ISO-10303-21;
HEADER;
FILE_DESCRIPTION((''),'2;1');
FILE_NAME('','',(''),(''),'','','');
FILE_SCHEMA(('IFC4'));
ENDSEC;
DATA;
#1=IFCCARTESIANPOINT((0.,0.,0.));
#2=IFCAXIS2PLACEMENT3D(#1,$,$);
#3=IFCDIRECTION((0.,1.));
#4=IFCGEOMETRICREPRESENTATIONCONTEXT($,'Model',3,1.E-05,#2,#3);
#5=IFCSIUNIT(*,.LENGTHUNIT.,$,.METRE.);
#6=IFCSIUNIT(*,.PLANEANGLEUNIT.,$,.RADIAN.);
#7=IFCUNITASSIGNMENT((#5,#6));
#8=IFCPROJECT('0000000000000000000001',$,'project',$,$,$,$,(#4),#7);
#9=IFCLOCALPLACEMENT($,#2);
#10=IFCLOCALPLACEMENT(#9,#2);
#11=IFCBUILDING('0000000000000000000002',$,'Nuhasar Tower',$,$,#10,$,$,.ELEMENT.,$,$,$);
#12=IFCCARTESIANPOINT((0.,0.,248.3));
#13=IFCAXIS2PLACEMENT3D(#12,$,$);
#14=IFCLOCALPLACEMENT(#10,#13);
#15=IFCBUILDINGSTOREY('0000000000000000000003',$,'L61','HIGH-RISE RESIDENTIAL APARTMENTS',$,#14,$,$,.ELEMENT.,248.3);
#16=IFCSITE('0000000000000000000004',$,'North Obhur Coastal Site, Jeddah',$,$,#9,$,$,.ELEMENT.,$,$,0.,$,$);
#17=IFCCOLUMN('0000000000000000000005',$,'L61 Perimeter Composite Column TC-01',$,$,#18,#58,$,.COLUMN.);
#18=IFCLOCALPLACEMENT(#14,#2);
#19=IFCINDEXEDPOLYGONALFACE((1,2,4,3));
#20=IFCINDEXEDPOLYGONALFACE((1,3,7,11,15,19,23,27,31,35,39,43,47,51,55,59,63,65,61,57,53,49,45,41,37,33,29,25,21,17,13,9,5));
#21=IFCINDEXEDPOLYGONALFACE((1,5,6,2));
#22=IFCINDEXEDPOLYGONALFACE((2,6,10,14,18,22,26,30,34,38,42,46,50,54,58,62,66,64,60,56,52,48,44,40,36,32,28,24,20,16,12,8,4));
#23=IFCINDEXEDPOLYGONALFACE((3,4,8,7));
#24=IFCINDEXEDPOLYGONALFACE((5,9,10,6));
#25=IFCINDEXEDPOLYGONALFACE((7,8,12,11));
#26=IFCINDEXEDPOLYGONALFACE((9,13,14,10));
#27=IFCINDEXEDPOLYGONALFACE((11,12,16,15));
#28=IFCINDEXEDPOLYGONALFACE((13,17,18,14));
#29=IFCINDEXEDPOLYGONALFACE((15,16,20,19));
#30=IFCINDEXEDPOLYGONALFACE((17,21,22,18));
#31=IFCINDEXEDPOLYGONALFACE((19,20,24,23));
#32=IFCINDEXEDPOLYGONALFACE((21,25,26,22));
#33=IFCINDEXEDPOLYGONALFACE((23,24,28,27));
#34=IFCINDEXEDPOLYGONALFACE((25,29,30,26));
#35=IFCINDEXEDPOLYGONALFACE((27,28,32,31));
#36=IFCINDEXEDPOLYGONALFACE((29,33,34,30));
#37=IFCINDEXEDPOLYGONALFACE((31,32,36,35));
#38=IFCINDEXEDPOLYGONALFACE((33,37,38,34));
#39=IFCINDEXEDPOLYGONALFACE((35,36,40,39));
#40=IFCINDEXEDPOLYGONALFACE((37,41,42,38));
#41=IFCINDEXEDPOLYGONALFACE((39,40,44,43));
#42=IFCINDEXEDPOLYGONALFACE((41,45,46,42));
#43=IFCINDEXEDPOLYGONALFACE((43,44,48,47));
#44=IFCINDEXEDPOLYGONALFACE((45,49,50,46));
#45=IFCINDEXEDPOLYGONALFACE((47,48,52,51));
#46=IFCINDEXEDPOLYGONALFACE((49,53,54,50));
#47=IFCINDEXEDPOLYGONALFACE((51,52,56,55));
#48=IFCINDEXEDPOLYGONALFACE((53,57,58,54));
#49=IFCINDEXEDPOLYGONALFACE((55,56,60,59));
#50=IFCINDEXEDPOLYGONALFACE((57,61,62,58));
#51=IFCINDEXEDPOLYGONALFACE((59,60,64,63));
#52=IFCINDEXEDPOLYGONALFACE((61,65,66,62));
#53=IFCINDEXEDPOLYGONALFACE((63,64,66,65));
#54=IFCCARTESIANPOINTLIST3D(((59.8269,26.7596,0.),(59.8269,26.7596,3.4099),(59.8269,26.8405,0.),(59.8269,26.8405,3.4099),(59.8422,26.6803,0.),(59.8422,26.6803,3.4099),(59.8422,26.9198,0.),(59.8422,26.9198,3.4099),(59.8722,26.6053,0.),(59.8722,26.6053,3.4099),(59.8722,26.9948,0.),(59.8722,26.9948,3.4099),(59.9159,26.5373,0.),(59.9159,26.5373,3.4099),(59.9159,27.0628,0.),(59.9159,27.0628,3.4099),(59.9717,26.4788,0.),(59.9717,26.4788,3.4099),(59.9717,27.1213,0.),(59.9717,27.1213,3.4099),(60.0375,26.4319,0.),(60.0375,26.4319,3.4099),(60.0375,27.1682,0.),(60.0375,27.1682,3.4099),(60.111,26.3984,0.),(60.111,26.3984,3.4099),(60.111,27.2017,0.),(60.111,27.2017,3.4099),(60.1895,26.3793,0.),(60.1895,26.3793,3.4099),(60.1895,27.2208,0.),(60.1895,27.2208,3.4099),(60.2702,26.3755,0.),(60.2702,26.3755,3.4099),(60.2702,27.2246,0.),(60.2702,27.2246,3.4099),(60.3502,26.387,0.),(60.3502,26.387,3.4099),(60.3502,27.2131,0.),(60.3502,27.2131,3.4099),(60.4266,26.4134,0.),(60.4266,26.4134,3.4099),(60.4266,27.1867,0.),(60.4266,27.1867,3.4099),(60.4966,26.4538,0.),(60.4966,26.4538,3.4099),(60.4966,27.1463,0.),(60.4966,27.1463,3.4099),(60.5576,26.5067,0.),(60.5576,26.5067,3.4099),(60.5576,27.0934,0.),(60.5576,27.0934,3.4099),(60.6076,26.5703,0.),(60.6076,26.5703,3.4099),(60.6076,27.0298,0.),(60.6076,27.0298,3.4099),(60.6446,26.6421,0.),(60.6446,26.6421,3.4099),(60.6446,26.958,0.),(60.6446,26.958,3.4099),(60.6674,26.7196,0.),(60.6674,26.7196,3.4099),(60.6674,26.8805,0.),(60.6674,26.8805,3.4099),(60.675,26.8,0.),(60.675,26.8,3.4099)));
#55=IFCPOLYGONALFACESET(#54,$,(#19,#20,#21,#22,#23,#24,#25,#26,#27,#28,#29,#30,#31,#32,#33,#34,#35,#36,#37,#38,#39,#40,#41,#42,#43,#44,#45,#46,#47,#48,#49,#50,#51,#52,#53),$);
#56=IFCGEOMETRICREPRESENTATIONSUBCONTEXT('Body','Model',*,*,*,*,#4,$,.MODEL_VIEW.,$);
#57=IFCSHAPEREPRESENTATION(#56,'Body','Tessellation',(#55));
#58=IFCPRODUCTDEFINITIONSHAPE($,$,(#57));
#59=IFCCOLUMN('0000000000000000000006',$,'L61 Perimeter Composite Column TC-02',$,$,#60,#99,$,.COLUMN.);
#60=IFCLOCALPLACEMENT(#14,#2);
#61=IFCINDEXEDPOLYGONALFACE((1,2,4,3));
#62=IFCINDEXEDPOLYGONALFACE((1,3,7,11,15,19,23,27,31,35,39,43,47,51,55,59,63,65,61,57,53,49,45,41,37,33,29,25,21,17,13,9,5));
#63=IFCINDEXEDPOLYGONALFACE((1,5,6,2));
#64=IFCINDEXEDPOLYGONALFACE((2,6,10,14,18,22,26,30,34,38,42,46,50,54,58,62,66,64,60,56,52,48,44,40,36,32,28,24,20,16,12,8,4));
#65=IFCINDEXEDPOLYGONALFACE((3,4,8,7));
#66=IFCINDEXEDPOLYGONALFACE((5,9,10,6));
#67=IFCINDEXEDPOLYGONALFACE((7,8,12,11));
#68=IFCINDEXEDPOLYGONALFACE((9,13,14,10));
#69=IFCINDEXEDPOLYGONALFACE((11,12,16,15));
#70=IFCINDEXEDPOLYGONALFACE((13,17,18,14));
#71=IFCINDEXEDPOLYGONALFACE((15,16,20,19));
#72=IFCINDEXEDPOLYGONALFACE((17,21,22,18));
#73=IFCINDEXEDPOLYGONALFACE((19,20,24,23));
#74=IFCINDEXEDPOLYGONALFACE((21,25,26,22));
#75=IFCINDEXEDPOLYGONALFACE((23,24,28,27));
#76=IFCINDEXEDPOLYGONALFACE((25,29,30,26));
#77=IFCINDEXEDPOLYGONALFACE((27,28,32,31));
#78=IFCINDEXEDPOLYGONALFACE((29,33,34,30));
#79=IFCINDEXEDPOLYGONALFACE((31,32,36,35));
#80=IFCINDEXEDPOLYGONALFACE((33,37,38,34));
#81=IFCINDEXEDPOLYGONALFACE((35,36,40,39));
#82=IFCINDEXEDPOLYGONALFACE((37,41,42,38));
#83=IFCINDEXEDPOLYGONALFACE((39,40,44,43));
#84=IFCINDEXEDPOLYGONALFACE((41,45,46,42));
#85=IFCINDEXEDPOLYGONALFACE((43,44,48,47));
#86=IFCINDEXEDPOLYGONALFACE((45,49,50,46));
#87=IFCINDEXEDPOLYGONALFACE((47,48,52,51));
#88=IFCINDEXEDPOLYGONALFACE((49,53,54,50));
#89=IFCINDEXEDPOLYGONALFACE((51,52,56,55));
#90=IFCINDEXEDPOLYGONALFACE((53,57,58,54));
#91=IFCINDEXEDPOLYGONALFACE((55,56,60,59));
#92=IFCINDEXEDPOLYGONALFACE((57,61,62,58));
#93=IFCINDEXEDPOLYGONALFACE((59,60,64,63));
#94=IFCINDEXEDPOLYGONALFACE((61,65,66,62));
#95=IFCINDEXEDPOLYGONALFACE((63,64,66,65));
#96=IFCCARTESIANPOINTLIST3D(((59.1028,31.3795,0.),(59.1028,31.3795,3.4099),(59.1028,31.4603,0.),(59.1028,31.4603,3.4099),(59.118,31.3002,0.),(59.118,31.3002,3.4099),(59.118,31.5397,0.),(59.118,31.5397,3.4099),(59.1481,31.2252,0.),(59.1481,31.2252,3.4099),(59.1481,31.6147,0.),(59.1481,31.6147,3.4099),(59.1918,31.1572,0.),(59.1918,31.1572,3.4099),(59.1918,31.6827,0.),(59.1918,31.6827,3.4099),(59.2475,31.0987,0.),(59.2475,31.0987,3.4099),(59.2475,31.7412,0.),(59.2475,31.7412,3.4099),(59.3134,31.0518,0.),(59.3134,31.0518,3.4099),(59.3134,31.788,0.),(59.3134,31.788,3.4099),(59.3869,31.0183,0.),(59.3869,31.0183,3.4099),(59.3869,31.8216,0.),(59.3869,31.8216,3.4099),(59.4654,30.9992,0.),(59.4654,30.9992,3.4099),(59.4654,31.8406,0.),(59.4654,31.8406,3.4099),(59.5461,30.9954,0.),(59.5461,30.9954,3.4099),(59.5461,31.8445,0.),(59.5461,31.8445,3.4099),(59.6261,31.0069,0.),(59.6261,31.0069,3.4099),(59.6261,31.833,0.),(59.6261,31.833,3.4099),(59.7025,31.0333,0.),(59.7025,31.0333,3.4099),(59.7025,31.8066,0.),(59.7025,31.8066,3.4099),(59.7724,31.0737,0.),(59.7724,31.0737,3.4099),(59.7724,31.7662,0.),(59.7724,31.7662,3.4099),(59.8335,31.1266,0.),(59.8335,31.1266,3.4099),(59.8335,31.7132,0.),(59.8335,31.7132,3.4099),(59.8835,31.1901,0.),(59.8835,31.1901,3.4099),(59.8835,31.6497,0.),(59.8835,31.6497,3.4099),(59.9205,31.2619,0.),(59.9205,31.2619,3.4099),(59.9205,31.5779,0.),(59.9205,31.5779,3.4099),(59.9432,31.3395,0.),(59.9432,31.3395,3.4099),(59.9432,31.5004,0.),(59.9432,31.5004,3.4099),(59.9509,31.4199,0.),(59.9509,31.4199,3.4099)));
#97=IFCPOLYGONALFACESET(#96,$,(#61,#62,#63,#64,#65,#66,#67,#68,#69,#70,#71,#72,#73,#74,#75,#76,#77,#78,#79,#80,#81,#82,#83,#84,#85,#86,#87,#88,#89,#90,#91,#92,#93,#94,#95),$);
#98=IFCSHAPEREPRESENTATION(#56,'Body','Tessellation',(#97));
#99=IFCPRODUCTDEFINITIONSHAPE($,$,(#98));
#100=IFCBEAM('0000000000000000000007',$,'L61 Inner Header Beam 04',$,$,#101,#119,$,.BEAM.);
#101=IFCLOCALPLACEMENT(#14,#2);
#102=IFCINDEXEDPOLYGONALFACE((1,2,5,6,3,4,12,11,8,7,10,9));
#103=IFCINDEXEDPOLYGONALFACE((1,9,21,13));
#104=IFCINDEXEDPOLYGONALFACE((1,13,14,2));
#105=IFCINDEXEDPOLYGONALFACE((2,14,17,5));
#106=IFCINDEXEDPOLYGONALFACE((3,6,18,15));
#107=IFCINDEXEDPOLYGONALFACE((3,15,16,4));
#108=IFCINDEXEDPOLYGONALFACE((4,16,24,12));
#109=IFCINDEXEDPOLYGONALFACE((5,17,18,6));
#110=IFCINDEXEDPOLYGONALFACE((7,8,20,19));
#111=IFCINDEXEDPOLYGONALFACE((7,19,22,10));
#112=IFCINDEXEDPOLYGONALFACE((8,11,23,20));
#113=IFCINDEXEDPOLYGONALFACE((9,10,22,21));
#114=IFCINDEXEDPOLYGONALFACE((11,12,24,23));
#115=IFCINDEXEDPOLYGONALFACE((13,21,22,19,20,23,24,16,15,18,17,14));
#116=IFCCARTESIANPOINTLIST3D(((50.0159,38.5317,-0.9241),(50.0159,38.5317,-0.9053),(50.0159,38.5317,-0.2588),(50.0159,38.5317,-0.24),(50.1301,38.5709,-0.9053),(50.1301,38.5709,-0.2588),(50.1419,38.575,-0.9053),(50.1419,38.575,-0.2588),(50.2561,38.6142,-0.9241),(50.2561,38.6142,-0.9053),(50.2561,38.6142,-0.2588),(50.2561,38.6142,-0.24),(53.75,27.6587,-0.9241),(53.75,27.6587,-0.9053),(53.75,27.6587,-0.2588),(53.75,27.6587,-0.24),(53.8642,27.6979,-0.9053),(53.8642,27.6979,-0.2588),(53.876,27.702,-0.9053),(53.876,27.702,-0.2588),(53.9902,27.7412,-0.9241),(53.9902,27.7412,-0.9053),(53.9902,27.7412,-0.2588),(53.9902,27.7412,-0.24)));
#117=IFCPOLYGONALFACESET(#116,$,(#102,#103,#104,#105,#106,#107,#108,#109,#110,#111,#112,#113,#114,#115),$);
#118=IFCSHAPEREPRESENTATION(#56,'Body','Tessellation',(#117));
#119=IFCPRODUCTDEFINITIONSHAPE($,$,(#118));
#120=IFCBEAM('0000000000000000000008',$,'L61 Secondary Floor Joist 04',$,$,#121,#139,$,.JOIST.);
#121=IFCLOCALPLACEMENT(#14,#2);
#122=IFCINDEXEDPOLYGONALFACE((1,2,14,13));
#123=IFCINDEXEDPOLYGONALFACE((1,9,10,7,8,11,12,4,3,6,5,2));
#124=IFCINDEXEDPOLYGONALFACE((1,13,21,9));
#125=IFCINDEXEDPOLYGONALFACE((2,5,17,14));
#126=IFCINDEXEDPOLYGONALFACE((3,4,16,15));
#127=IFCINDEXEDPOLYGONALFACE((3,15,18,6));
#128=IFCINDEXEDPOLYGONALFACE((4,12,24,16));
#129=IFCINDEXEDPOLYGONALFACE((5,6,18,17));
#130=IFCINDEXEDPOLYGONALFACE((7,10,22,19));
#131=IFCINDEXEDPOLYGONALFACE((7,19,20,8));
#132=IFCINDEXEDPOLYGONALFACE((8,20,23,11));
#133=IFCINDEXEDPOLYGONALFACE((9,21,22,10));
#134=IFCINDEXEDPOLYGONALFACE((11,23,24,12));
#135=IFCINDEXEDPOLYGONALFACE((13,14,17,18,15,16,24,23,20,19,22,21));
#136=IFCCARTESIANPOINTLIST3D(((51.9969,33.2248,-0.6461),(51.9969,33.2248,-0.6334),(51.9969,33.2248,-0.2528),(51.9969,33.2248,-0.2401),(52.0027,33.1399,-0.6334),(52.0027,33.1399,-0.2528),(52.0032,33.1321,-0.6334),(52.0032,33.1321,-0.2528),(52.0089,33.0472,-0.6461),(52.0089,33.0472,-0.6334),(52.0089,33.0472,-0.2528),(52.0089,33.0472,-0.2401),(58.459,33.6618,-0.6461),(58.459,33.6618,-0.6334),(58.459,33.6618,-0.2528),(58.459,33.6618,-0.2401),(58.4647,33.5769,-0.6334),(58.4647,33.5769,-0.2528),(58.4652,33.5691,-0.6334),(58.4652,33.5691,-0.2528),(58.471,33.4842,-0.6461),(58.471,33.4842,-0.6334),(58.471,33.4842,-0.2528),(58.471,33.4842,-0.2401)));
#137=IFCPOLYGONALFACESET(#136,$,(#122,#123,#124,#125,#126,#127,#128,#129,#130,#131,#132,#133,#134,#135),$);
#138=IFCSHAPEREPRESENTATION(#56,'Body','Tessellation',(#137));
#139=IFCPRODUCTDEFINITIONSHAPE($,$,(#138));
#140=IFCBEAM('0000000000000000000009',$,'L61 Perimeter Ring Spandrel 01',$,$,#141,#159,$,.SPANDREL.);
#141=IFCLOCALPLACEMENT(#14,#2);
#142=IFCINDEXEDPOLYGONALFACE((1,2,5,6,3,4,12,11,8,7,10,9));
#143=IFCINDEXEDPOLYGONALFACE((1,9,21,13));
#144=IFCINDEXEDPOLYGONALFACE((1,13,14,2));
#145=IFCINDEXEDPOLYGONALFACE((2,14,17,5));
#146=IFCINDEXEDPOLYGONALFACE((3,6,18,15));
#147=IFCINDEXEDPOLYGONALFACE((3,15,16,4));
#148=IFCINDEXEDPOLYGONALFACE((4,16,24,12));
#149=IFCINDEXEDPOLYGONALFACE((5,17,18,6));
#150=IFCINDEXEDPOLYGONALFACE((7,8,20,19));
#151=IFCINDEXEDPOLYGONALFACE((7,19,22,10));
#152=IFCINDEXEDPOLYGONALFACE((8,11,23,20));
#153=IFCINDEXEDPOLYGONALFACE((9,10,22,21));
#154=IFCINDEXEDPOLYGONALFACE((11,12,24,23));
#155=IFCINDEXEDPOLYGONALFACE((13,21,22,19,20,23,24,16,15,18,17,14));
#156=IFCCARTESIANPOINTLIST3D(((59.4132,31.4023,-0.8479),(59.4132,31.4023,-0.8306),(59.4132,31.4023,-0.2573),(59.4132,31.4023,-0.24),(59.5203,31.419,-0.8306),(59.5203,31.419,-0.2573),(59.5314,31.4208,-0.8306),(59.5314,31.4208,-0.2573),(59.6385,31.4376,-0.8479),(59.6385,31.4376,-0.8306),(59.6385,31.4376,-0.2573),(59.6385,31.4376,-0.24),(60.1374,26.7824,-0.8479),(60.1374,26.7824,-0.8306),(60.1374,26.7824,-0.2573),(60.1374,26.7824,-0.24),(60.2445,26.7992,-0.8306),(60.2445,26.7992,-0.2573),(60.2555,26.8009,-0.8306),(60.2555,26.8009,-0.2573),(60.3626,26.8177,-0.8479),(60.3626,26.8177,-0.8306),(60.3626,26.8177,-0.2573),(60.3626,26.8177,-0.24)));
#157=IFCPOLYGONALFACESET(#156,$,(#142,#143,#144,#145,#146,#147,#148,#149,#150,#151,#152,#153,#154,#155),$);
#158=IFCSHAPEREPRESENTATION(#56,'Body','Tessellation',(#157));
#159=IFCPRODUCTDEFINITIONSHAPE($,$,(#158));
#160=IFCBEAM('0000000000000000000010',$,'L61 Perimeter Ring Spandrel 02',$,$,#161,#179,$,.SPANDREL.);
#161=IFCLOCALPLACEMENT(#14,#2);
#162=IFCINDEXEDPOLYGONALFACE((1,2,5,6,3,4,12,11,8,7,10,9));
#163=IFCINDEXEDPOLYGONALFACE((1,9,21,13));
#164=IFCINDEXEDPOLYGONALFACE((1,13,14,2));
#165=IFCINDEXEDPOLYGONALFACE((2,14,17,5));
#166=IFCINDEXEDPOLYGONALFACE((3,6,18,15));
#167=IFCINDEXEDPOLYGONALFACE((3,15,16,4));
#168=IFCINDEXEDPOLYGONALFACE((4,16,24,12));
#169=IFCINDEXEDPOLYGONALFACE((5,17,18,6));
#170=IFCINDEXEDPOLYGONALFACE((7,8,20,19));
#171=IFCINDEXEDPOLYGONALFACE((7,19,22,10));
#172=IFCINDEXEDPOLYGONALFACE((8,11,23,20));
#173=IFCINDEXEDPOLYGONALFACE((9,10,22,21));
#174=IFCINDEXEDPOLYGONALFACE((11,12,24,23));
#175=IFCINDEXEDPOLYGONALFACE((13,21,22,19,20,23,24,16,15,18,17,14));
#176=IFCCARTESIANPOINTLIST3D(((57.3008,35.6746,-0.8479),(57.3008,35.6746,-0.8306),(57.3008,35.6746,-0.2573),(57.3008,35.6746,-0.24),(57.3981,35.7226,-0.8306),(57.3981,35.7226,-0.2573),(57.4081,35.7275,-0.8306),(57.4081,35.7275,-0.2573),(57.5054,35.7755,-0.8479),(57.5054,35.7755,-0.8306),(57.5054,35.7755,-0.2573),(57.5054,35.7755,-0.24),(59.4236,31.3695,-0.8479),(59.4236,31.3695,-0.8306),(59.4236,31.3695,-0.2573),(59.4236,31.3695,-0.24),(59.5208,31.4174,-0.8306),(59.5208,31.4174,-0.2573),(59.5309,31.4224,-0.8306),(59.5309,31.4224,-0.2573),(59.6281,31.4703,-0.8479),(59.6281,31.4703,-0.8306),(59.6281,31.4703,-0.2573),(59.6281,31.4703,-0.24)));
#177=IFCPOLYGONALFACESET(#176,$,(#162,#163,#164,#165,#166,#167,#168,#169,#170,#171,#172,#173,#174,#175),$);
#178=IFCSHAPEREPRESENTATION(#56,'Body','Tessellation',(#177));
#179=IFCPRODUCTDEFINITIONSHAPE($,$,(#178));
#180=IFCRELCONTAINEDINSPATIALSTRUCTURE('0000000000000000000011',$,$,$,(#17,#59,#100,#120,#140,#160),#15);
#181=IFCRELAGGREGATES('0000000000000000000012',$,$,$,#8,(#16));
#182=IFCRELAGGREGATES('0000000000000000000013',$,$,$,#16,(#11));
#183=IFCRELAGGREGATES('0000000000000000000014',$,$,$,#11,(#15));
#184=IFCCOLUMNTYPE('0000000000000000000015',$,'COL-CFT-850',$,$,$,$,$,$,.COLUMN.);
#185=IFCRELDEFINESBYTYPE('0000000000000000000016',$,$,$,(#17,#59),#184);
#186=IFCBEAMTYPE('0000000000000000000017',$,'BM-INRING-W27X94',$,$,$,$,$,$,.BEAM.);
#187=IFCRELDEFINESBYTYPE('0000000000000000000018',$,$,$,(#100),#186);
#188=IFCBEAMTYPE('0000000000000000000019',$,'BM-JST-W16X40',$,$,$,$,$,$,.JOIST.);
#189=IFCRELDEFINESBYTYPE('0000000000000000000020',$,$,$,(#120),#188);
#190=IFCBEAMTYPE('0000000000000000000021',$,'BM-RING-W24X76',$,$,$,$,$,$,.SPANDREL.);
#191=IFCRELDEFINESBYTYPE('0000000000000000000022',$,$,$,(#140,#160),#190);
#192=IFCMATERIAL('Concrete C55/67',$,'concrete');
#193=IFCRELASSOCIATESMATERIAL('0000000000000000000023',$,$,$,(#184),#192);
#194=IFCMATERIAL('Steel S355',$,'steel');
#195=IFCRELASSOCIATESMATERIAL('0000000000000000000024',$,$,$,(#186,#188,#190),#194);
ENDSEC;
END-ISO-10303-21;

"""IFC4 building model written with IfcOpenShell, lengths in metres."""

from ifc_helpers import new_model, si_unit, direction, frame, origin, origin_2d, place, context, subcontext, project, spatial, circle, i_section, extrude, material, material_profile, profile_set, type_object, element, save


model = new_model("IFC4")

# Units and contexts
model_context = context("Model", 3, precision=1e-05, world=origin(), true_north=direction((0.0, 1.0)))
body_context = subcontext(model_context, "Body", "Model", "MODEL_VIEW")
ifc_project = project(units=[si_unit("LENGTHUNIT", "METRE"), si_unit("PLANEANGLEUNIT", "RADIAN")], contexts=[model_context])

# Site, building, storey
site_placement = place(None, origin())
site = spatial("IfcSite", under=ifc_project, at=site_placement, Name="North Obhur Coastal Site, Jeddah", CompositionType="ELEMENT", RefElevation=0.0)
building_placement = place(site_placement, origin())
building = spatial("IfcBuilding", under=site, at=building_placement, Name="Nuhasar Tower", CompositionType="ELEMENT")
storey_placement = place(building_placement, frame((0.0, 0.0, 248.3)))
storey = spatial("IfcBuildingStorey", under=building, at=storey_placement, Name="L61", Description="HIGH-RISE RESIDENTIAL APARTMENTS", CompositionType="ELEMENT", Elevation=248.3)

# Columns
ifc_material_1 = material(Name="Concrete C55/67", Category="concrete")
ifc_material_profile_1 = material_profile(ifc_material_1, circle(Radius=0.425, at=origin_2d()), Name="CFT850")
ifc_profile_set_1 = profile_set([ifc_material_profile_1], Name="Concrete C55/67")
column_type = type_object("IfcColumnType", Name="COL-CFT-850", PredefinedType="COLUMN", material=ifc_profile_set_1)
for number, where, z_axis, x_axis, name in (
    (1, (60.25, 26.8, 0.0), (0.0, 0.0, 1.0), (1.0, 0.0, 0.0), "L61 Perimeter Composite Column TC-01"),
    (2, (59.5259, 31.4199, 0.0), (0.0, 0.0, 1.0), (1.0, 0.0, 0.0), "L61 Perimeter Composite Column TC-02"),
):
    element("IfcColumn", number, at=place(storey_placement, frame(where, z_axis=z_axis, x_axis=x_axis)), inside=storey, type_object=column_type, Name=name, PredefinedType="COLUMN", context=body_context, shape_type="SweptSolid", body=[
        extrude(circle(Radius=0.425, at=origin_2d()), origin(), (0.0, 0.0, 1.0), 3.4099),
    ])

# Beams
ifc_material_2 = material(Name="Steel S355", Category="steel")
ifc_material_profile_2 = material_profile(ifc_material_2, i_section(OverallWidth=0.2539, OverallDepth=0.6841, WebThickness=0.0125, FlangeThickness=0.0188, at=origin_2d()), Name="W27X94")
ifc_profile_set_2 = profile_set([ifc_material_profile_2], Name="Steel S355")
beam_type_1 = type_object("IfcBeamType", Name="BM-INRING-W27X94", PredefinedType="BEAM", material=ifc_profile_set_2)
beam_1_placement = place(storey_placement, frame((53.8701, 27.7, -0.582), z_axis=(-0.324809, 0.94578, 0.0), x_axis=(-0.94578, -0.324809, 0.0)))
element("IfcBeam", 3, at=beam_1_placement, inside=storey, type_object=beam_type_1, Name="L61 Inner Header Beam 04", PredefinedType="BEAM", context=body_context, shape_type="SweptSolid", body=[
    extrude(i_section(OverallWidth=0.2539, OverallDepth=0.6841, WebThickness=0.0125, FlangeThickness=0.0188, at=origin_2d()), origin(), (0.0, 0.0, 1.0), 11.4963),
])
ifc_material_profile_3 = material_profile(ifc_material_2, i_section(OverallWidth=0.178, OverallDepth=0.406, WebThickness=0.0078, FlangeThickness=0.0127, at=origin_2d()), Name="W16X40")
ifc_profile_set_3 = profile_set([ifc_material_profile_3], Name="Steel S355")
beam_type_2 = type_object("IfcBeamType", Name="BM-JST-W16X40", PredefinedType="JOIST", material=ifc_profile_set_3)
beam_2_placement = place(storey_placement, frame((52.0029, 33.136, -0.4431), z_axis=(0.997721, 0.067472, 0.0), x_axis=(-0.067472, 0.997721, 0.0)))
element("IfcBeam", 4, at=beam_2_placement, inside=storey, type_object=beam_type_2, Name="L61 Secondary Floor Joist 04", PredefinedType="JOIST", context=body_context, shape_type="SweptSolid", body=[
    extrude(i_section(OverallWidth=0.178, OverallDepth=0.406, WebThickness=0.0078, FlangeThickness=0.0127, at=origin_2d()), origin(), (0.0, 0.0, 1.0), 6.4768),
])
ifc_material_profile_4 = material_profile(ifc_material_2, i_section(OverallWidth=0.228, OverallDepth=0.6079, WebThickness=0.0112, FlangeThickness=0.0173, at=origin_2d()), Name="W24X76")
ifc_profile_set_4 = profile_set([ifc_material_profile_4], Name="Steel S355")
beam_type_3 = type_object("IfcBeamType", Name="BM-RING-W24X76", PredefinedType="SPANDREL", material=ifc_profile_set_4)
beam_3_placement = place(storey_placement, frame((60.25, 26.8, -0.5439), z_axis=(-0.15485, 0.987938, 0.0), x_axis=(-0.987938, -0.15485, 0.0)))
element("IfcBeam", 5, at=beam_3_placement, inside=storey, type_object=beam_type_3, Name="L61 Perimeter Ring Spandrel 01", PredefinedType="SPANDREL", context=body_context, shape_type="SweptSolid", body=[
    extrude(i_section(OverallWidth=0.228, OverallDepth=0.6079, WebThickness=0.0112, FlangeThickness=0.0173, at=origin_2d()), origin(), (0.0, 0.0, 1.0), 4.6763),
])
beam_4_placement = place(storey_placement, frame((59.5259, 31.4199, -0.5439), z_axis=(-0.442243, 0.896895, 0.0), x_axis=(-0.896895, -0.442243, 0.0)))
element("IfcBeam", 6, at=beam_4_placement, inside=storey, type_object=beam_type_3, Name="L61 Perimeter Ring Spandrel 02", PredefinedType="SPANDREL", context=body_context, shape_type="SweptSolid", body=[
    extrude(i_section(OverallWidth=0.228, OverallDepth=0.6079, WebThickness=0.0112, FlangeThickness=0.0173, at=origin_2d()), origin(), (0.0, 0.0, 1.0), 4.8),
])

save(model, "model.ifc")
